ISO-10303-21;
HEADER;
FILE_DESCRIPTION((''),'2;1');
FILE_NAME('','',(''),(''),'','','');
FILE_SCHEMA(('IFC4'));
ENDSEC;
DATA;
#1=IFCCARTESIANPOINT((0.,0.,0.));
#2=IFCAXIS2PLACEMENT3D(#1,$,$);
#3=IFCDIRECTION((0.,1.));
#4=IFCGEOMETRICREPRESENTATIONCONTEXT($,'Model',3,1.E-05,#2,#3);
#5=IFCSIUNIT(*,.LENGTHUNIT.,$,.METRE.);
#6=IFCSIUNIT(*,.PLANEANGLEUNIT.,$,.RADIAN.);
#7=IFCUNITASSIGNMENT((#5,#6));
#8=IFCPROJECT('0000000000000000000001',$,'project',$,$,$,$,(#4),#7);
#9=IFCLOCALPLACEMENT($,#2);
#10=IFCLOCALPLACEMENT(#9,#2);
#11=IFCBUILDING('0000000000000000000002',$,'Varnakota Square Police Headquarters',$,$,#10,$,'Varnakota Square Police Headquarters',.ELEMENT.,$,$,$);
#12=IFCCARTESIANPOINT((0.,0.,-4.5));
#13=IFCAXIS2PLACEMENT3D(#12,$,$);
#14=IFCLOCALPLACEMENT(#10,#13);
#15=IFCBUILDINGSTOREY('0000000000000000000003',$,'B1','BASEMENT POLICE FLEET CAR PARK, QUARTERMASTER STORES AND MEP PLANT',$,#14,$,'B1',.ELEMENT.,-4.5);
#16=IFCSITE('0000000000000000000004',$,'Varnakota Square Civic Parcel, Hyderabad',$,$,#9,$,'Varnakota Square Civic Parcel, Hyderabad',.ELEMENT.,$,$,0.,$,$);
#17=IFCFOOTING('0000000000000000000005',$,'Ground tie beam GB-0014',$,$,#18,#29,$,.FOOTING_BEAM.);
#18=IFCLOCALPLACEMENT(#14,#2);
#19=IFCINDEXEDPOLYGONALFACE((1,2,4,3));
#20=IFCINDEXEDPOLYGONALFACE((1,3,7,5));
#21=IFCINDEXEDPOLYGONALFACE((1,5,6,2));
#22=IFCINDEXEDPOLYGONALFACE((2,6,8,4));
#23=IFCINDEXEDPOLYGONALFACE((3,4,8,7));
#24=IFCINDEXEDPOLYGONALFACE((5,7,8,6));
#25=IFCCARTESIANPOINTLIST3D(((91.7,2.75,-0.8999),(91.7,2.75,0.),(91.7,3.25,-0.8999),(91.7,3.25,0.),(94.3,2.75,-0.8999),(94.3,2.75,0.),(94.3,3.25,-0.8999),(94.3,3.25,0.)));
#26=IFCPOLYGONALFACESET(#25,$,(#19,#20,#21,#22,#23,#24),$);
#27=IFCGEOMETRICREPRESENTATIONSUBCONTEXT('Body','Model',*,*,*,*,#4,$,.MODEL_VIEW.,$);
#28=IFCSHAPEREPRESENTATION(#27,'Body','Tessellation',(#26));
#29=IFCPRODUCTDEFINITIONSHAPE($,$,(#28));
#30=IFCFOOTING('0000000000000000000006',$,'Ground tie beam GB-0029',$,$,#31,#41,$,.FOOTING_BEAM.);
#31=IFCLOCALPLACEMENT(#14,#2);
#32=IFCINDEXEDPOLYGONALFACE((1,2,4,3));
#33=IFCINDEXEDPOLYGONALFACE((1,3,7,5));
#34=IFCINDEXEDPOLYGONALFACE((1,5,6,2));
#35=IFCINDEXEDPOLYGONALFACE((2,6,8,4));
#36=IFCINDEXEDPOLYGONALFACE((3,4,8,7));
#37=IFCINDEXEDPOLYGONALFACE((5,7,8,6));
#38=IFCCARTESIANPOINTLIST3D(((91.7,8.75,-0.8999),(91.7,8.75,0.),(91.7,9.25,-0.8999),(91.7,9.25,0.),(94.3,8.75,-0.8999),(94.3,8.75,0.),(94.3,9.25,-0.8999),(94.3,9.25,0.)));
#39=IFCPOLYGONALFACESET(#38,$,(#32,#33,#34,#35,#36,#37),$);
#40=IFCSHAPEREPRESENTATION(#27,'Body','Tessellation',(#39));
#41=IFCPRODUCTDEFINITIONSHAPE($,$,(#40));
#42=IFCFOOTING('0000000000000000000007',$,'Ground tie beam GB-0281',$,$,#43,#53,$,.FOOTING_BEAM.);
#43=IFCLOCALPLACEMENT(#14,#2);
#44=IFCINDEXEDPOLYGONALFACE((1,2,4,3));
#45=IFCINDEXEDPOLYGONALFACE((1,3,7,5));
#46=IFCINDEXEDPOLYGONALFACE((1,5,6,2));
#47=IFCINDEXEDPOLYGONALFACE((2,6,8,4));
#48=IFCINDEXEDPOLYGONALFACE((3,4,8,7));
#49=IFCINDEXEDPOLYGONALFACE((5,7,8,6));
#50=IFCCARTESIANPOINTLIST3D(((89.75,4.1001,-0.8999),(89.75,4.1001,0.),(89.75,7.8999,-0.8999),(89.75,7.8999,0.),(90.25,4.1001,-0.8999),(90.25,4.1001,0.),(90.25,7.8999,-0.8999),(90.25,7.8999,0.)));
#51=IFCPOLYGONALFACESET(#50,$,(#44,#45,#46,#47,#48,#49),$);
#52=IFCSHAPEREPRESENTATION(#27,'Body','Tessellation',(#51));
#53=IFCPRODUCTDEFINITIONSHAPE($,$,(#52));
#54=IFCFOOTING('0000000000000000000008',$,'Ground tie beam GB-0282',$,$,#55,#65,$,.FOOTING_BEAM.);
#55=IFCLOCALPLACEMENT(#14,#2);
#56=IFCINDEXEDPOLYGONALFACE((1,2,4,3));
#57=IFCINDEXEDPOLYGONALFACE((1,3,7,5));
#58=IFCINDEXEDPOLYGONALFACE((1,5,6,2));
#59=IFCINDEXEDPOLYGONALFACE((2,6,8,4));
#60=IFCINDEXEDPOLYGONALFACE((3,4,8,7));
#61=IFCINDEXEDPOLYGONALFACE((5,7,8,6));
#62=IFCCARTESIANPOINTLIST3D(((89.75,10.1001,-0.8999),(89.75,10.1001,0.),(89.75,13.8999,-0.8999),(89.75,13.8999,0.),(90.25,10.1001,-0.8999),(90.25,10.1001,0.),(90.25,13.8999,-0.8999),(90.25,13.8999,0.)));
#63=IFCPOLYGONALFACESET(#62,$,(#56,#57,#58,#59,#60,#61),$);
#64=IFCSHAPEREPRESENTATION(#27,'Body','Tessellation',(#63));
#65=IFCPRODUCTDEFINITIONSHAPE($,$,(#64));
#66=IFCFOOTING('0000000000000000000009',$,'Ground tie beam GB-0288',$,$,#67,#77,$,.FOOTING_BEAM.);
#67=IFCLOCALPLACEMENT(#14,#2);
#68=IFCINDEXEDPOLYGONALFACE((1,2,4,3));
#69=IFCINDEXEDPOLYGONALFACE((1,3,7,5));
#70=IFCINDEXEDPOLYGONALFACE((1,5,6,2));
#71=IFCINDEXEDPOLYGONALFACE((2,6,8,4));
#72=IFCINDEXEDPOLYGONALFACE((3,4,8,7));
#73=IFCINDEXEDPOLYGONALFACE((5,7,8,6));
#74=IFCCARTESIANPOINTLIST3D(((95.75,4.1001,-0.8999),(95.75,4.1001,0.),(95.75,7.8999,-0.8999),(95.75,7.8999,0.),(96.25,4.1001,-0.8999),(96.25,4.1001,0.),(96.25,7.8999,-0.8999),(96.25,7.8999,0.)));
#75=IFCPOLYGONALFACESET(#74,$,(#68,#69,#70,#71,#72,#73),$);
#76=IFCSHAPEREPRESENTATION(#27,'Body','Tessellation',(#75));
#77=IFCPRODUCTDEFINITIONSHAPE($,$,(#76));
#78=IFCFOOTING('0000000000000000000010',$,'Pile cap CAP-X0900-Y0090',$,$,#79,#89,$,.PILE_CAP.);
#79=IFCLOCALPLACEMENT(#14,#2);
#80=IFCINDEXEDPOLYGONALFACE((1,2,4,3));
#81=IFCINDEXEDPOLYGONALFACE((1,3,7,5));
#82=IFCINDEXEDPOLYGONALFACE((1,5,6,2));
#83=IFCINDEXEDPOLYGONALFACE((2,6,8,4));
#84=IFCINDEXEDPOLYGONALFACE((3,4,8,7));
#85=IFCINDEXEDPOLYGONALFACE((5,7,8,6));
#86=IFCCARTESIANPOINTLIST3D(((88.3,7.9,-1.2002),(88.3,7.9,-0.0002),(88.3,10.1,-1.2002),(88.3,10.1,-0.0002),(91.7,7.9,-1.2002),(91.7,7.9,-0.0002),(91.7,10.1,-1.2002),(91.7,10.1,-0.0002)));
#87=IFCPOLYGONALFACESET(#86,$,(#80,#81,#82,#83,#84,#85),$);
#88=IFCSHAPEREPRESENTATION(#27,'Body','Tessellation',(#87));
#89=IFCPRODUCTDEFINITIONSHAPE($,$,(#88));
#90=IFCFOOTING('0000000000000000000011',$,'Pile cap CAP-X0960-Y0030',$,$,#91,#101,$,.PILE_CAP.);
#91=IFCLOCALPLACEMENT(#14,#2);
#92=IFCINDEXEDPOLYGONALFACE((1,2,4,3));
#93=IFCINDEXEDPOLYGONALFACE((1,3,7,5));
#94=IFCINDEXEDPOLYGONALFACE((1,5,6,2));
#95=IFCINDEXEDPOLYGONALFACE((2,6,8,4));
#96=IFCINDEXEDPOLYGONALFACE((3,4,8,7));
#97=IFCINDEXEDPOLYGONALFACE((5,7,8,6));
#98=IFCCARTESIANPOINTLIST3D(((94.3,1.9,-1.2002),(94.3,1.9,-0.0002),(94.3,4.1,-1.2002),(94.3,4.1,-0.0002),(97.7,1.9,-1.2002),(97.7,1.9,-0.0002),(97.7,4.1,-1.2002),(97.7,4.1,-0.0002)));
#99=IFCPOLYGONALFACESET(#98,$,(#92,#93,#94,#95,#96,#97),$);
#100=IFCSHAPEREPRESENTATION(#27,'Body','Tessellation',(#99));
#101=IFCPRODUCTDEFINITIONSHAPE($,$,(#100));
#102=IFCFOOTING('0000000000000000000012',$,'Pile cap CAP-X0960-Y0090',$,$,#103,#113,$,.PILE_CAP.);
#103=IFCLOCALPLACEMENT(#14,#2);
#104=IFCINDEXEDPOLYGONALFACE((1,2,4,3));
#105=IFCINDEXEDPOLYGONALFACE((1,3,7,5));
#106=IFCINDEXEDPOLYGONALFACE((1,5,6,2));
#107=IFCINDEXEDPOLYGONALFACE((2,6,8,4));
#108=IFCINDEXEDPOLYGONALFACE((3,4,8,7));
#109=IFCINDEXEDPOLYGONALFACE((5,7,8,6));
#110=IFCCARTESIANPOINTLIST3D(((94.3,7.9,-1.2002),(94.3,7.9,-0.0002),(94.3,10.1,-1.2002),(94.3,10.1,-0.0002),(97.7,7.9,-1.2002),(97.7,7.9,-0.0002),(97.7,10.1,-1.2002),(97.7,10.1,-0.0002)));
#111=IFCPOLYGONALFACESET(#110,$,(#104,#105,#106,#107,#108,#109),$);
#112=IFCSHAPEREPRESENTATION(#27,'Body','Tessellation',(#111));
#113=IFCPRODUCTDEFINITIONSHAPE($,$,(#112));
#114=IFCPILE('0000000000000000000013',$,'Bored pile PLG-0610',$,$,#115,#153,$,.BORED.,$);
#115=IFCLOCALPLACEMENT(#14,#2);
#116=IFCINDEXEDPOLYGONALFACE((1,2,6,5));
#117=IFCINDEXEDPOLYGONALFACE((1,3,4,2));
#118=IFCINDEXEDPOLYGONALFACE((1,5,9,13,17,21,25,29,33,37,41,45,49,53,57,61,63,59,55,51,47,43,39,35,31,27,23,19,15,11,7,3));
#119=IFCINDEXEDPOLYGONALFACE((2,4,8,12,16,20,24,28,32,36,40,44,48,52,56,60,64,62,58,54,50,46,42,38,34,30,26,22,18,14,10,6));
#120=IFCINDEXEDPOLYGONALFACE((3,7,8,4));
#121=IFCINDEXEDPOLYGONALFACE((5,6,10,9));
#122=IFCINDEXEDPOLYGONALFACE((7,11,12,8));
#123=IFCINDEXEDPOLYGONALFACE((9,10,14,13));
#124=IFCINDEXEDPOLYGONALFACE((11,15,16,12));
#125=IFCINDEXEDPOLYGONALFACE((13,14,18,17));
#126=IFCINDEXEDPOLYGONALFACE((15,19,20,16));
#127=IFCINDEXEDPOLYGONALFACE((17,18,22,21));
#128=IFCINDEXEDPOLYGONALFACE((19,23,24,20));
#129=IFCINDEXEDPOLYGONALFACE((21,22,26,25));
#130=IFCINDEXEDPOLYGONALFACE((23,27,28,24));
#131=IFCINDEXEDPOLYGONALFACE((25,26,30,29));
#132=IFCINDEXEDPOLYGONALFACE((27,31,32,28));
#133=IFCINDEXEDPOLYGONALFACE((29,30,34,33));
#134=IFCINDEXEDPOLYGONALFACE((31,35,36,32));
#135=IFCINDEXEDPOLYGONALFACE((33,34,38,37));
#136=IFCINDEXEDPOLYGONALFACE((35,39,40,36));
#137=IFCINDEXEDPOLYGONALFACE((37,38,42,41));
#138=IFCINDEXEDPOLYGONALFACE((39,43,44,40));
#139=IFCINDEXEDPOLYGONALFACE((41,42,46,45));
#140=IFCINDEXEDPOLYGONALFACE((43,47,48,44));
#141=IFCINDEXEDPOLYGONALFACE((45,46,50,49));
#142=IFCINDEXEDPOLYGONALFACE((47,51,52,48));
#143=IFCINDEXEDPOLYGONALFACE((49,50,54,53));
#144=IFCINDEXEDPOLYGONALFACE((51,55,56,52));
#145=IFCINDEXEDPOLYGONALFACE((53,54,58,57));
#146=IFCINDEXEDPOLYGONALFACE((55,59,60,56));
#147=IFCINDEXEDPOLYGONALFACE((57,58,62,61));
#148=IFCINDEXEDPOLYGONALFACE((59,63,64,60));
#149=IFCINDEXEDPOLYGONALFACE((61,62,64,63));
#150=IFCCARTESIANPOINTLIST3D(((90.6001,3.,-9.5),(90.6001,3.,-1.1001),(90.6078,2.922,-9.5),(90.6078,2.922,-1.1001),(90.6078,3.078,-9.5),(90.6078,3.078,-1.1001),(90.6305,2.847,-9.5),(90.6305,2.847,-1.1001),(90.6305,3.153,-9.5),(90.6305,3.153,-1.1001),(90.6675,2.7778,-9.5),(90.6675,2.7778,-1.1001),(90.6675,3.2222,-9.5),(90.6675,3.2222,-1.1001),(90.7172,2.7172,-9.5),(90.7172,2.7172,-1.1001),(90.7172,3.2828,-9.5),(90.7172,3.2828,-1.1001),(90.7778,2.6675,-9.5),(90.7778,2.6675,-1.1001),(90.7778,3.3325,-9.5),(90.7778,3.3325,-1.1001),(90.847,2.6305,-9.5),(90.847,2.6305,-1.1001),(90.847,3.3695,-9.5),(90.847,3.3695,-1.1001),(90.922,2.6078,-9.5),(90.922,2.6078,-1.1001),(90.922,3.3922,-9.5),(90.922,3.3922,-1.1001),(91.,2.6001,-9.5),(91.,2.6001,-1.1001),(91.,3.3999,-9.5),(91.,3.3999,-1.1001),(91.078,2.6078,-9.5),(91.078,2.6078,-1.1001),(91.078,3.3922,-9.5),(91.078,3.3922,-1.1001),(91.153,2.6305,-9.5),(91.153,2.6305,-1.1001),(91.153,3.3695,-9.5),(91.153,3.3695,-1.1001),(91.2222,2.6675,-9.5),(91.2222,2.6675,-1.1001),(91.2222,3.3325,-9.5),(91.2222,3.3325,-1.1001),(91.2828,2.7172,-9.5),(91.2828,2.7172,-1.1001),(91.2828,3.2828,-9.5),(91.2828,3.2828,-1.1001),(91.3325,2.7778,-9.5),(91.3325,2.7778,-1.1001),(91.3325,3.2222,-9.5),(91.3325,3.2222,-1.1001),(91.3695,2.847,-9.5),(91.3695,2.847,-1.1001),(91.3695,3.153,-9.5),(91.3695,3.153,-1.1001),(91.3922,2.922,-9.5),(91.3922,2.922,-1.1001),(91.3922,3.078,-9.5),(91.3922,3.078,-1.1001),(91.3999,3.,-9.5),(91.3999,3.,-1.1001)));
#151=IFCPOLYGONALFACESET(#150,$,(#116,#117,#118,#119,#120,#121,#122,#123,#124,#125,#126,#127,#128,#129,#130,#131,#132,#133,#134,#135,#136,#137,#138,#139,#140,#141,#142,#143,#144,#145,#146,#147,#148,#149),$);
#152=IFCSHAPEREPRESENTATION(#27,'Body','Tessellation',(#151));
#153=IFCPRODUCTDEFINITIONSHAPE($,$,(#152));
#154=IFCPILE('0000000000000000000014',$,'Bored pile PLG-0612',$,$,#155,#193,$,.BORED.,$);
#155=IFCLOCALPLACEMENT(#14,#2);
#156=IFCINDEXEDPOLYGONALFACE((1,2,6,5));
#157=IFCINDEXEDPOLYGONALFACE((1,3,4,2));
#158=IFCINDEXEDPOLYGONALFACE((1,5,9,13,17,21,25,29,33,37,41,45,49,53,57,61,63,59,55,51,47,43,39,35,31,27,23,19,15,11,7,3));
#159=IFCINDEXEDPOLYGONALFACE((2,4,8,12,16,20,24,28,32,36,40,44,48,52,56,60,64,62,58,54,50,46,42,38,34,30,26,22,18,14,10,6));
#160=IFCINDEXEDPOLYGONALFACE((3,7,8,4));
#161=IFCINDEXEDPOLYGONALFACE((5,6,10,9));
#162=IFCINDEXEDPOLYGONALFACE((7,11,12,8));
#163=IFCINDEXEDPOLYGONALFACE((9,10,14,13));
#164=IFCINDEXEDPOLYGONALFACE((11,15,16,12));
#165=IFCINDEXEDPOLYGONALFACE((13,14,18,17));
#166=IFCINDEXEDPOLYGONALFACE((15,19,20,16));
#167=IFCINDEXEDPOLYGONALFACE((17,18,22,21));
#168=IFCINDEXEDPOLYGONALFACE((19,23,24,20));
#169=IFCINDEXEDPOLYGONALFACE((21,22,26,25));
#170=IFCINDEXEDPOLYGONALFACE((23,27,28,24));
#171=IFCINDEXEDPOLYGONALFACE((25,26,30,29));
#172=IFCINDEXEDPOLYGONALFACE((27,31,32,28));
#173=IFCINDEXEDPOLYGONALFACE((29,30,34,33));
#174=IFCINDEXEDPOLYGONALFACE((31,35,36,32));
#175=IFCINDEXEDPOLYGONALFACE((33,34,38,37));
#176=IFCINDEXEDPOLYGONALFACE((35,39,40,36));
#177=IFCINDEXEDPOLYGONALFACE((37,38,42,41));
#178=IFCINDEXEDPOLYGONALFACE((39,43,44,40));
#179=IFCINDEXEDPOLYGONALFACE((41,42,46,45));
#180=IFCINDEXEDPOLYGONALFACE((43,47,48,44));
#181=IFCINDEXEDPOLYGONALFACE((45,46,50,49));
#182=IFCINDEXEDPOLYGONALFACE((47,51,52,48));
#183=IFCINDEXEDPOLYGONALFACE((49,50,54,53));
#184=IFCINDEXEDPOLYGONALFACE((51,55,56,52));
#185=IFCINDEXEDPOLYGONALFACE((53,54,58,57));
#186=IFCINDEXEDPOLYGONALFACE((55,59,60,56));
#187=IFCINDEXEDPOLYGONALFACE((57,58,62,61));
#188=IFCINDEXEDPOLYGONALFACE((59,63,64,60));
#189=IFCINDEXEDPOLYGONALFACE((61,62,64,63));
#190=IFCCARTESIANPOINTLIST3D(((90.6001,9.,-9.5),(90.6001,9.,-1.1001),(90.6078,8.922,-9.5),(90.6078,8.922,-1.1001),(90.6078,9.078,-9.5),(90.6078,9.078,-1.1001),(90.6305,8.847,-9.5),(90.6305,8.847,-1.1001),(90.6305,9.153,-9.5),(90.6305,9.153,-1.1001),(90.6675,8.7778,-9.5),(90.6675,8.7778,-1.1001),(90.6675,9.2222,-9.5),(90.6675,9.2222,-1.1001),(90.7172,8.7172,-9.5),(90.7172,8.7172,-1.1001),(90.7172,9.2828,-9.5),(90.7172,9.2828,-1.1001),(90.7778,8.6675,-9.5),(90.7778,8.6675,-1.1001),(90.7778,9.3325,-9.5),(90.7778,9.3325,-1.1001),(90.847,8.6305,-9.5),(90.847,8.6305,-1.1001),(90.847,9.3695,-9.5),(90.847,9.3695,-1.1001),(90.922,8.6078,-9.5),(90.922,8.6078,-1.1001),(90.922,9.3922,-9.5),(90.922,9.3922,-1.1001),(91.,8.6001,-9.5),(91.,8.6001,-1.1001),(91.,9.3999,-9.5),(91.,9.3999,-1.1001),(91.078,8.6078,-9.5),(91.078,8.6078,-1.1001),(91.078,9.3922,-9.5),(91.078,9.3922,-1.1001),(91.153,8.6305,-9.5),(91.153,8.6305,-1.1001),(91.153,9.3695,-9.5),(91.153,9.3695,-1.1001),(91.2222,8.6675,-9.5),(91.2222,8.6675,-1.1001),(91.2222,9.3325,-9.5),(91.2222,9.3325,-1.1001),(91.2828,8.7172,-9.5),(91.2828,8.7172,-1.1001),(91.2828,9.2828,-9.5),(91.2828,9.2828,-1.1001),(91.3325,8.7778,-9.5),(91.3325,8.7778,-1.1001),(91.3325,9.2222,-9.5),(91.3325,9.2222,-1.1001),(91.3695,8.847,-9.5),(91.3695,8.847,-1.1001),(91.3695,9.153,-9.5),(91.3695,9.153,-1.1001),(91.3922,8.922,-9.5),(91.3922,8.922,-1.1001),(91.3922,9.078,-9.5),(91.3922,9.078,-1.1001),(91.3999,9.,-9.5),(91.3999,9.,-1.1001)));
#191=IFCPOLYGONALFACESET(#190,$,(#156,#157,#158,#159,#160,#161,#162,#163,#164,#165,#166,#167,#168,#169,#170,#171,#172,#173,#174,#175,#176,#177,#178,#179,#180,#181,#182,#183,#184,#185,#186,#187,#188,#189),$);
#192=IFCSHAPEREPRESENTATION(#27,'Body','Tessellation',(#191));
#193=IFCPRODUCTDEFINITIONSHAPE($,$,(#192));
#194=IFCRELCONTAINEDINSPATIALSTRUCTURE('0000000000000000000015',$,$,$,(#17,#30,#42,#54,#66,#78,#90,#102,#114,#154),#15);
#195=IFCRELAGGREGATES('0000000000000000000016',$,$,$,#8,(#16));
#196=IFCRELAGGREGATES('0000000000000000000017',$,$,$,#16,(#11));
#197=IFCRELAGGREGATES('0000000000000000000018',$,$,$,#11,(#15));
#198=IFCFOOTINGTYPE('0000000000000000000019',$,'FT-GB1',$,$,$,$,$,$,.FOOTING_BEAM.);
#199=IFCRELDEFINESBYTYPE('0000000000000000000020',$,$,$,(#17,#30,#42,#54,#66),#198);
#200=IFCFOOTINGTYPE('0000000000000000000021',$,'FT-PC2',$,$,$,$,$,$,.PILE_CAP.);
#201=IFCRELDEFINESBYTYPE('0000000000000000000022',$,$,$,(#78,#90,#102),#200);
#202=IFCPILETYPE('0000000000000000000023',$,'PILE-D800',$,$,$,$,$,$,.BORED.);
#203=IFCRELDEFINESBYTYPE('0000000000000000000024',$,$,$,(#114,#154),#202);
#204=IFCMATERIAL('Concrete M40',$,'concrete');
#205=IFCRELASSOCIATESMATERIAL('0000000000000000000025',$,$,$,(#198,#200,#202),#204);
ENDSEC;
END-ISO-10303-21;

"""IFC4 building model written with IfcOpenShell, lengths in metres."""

from ifc_helpers import new_model, si_unit, direction, frame, origin, origin_2d, place, context, subcontext, project, spatial, rectangle, circle, extrude, material, material_profile, profile_set, type_object, element, save


model = new_model("IFC4")

# Units and contexts
model_context = context("Model", 3, precision=1e-05, world=origin(), true_north=direction((0.0, 1.0)))
body_context = subcontext(model_context, "Body", "Model", "MODEL_VIEW")
ifc_project = project(units=[si_unit("LENGTHUNIT", "METRE"), si_unit("PLANEANGLEUNIT", "RADIAN")], contexts=[model_context])

# Site, building, storey
site_placement = place(None, origin())
site = spatial("IfcSite", under=ifc_project, at=site_placement, Name="Varnakota Square Civic Parcel, Hyderabad", LongName="Varnakota Square Civic Parcel, Hyderabad", CompositionType="ELEMENT", RefElevation=0.0)
building_placement = place(site_placement, origin())
building = spatial("IfcBuilding", under=site, at=building_placement, Name="Varnakota Square Police Headquarters", LongName="Varnakota Square Police Headquarters", CompositionType="ELEMENT")
storey_placement = place(building_placement, frame((0.0, 0.0, -4.5)))
storey = spatial("IfcBuildingStorey", under=building, at=storey_placement, Name="B1", Description="BASEMENT POLICE FLEET CAR PARK, QUARTERMASTER STORES AND MEP PLANT", LongName="B1", CompositionType="ELEMENT", Elevation=-4.5)

# Footings
ifc_material_1 = material(Name="Concrete M40", Category="concrete")
ifc_material_profile_1 = material_profile(ifc_material_1, rectangle(XDim=0.5, YDim=0.8999, at=origin_2d()), Name="GB 500x900")
ifc_profile_set_1 = profile_set([ifc_material_profile_1], Name="Concrete M40")
footing_type_1 = type_object("IfcFootingType", Name="FT-GB1", PredefinedType="FOOTING_BEAM", material=ifc_profile_set_1)
for number, where, z_axis, x_axis, name in (
    (1, (91.7, 3.0, -0.45), (1.0, 0.0, 0.0), (0.0, 1.0, 0.0), "Ground tie beam GB-0014"),
    (2, (91.7, 9.0, -0.45), (1.0, 0.0, 0.0), (0.0, 1.0, 0.0), "Ground tie beam GB-0029"),
):
    element("IfcFooting", number, at=place(storey_placement, frame(where, z_axis=z_axis, x_axis=x_axis)), inside=storey, type_object=footing_type_1, Name=name, PredefinedType="FOOTING_BEAM", context=body_context, shape_type="SweptSolid", body=[
        extrude(rectangle(XDim=0.5, YDim=0.8999, at=origin_2d()), origin(), (0.0, 0.0, 1.0), 2.6001),
    ])
for number, where, z_axis, x_axis, name in (
    (3, (90.0, 4.1001, -0.45), (0.0, 1.0, 0.0), (-1.0, 0.0, 0.0), "Ground tie beam GB-0281"),
    (4, (90.0, 10.1001, -0.45), (0.0, 1.0, 0.0), (-1.0, 0.0, 0.0), "Ground tie beam GB-0282"),
    (5, (96.0, 4.1001, -0.45), (0.0, 1.0, 0.0), (-1.0, 0.0, 0.0), "Ground tie beam GB-0288"),
):
    element("IfcFooting", number, at=place(storey_placement, frame(where, z_axis=z_axis, x_axis=x_axis)), inside=storey, type_object=footing_type_1, Name=name, PredefinedType="FOOTING_BEAM", context=body_context, shape_type="SweptSolid", body=[
        extrude(rectangle(XDim=0.5, YDim=0.8999, at=origin_2d()), origin(), (0.0, 0.0, 1.0), 3.7998),
    ])
footing_type_2 = type_object("IfcFootingType", Name="FT-PC2", PredefinedType="PILE_CAP", material=ifc_material_1)
for number, where, z_axis, x_axis, name in (
    (6, (90.0, 9.0, -1.2002), (0.0, 0.0, 1.0), (1.0, 0.0, 0.0), "Pile cap CAP-X0900-Y0090"),
    (7, (96.0, 3.0, -1.2002), (0.0, 0.0, 1.0), (1.0, 0.0, 0.0), "Pile cap CAP-X0960-Y0030"),
    (8, (96.0, 9.0, -1.2002), (0.0, 0.0, 1.0), (1.0, 0.0, 0.0), "Pile cap CAP-X0960-Y0090"),
):
    element("IfcFooting", number, at=place(storey_placement, frame(where, z_axis=z_axis, x_axis=x_axis)), inside=storey, type_object=footing_type_2, Name=name, PredefinedType="PILE_CAP", context=body_context, shape_type="SweptSolid", body=[
        extrude(rectangle(XDim=3.3999, YDim=2.2, at=origin_2d()), origin(), (0.0, 0.0, 1.0), 1.2),
    ])

# Piles
ifc_material_profile_2 = material_profile(ifc_material_1, circle(Radius=0.3999, at=origin_2d()), Name="BORED PILE 800")
ifc_profile_set_2 = profile_set([ifc_material_profile_2], Name="Concrete M40")
pile_type = type_object("IfcPileType", Name="PILE-D800", PredefinedType="BORED", material=ifc_profile_set_2)
for number, where, z_axis, x_axis, name in (
    (9, (91.0, 3.0, -1.1001), (0.0, 0.0, -1.0), (1.0, 0.0, 0.0), "Bored pile PLG-0610"),
    (10, (91.0, 9.0, -1.1001), (0.0, 0.0, -1.0), (1.0, 0.0, 0.0), "Bored pile PLG-0612"),
):
    element("IfcPile", number, at=place(storey_placement, frame(where, z_axis=z_axis, x_axis=x_axis)), inside=storey, type_object=pile_type, Name=name, PredefinedType="BORED", context=body_context, shape_type="SweptSolid", body=[
        extrude(circle(Radius=0.3999, at=origin_2d()), origin(), (0.0, 0.0, 1.0), 8.3999),
    ])

save(model, "model.ifc")
